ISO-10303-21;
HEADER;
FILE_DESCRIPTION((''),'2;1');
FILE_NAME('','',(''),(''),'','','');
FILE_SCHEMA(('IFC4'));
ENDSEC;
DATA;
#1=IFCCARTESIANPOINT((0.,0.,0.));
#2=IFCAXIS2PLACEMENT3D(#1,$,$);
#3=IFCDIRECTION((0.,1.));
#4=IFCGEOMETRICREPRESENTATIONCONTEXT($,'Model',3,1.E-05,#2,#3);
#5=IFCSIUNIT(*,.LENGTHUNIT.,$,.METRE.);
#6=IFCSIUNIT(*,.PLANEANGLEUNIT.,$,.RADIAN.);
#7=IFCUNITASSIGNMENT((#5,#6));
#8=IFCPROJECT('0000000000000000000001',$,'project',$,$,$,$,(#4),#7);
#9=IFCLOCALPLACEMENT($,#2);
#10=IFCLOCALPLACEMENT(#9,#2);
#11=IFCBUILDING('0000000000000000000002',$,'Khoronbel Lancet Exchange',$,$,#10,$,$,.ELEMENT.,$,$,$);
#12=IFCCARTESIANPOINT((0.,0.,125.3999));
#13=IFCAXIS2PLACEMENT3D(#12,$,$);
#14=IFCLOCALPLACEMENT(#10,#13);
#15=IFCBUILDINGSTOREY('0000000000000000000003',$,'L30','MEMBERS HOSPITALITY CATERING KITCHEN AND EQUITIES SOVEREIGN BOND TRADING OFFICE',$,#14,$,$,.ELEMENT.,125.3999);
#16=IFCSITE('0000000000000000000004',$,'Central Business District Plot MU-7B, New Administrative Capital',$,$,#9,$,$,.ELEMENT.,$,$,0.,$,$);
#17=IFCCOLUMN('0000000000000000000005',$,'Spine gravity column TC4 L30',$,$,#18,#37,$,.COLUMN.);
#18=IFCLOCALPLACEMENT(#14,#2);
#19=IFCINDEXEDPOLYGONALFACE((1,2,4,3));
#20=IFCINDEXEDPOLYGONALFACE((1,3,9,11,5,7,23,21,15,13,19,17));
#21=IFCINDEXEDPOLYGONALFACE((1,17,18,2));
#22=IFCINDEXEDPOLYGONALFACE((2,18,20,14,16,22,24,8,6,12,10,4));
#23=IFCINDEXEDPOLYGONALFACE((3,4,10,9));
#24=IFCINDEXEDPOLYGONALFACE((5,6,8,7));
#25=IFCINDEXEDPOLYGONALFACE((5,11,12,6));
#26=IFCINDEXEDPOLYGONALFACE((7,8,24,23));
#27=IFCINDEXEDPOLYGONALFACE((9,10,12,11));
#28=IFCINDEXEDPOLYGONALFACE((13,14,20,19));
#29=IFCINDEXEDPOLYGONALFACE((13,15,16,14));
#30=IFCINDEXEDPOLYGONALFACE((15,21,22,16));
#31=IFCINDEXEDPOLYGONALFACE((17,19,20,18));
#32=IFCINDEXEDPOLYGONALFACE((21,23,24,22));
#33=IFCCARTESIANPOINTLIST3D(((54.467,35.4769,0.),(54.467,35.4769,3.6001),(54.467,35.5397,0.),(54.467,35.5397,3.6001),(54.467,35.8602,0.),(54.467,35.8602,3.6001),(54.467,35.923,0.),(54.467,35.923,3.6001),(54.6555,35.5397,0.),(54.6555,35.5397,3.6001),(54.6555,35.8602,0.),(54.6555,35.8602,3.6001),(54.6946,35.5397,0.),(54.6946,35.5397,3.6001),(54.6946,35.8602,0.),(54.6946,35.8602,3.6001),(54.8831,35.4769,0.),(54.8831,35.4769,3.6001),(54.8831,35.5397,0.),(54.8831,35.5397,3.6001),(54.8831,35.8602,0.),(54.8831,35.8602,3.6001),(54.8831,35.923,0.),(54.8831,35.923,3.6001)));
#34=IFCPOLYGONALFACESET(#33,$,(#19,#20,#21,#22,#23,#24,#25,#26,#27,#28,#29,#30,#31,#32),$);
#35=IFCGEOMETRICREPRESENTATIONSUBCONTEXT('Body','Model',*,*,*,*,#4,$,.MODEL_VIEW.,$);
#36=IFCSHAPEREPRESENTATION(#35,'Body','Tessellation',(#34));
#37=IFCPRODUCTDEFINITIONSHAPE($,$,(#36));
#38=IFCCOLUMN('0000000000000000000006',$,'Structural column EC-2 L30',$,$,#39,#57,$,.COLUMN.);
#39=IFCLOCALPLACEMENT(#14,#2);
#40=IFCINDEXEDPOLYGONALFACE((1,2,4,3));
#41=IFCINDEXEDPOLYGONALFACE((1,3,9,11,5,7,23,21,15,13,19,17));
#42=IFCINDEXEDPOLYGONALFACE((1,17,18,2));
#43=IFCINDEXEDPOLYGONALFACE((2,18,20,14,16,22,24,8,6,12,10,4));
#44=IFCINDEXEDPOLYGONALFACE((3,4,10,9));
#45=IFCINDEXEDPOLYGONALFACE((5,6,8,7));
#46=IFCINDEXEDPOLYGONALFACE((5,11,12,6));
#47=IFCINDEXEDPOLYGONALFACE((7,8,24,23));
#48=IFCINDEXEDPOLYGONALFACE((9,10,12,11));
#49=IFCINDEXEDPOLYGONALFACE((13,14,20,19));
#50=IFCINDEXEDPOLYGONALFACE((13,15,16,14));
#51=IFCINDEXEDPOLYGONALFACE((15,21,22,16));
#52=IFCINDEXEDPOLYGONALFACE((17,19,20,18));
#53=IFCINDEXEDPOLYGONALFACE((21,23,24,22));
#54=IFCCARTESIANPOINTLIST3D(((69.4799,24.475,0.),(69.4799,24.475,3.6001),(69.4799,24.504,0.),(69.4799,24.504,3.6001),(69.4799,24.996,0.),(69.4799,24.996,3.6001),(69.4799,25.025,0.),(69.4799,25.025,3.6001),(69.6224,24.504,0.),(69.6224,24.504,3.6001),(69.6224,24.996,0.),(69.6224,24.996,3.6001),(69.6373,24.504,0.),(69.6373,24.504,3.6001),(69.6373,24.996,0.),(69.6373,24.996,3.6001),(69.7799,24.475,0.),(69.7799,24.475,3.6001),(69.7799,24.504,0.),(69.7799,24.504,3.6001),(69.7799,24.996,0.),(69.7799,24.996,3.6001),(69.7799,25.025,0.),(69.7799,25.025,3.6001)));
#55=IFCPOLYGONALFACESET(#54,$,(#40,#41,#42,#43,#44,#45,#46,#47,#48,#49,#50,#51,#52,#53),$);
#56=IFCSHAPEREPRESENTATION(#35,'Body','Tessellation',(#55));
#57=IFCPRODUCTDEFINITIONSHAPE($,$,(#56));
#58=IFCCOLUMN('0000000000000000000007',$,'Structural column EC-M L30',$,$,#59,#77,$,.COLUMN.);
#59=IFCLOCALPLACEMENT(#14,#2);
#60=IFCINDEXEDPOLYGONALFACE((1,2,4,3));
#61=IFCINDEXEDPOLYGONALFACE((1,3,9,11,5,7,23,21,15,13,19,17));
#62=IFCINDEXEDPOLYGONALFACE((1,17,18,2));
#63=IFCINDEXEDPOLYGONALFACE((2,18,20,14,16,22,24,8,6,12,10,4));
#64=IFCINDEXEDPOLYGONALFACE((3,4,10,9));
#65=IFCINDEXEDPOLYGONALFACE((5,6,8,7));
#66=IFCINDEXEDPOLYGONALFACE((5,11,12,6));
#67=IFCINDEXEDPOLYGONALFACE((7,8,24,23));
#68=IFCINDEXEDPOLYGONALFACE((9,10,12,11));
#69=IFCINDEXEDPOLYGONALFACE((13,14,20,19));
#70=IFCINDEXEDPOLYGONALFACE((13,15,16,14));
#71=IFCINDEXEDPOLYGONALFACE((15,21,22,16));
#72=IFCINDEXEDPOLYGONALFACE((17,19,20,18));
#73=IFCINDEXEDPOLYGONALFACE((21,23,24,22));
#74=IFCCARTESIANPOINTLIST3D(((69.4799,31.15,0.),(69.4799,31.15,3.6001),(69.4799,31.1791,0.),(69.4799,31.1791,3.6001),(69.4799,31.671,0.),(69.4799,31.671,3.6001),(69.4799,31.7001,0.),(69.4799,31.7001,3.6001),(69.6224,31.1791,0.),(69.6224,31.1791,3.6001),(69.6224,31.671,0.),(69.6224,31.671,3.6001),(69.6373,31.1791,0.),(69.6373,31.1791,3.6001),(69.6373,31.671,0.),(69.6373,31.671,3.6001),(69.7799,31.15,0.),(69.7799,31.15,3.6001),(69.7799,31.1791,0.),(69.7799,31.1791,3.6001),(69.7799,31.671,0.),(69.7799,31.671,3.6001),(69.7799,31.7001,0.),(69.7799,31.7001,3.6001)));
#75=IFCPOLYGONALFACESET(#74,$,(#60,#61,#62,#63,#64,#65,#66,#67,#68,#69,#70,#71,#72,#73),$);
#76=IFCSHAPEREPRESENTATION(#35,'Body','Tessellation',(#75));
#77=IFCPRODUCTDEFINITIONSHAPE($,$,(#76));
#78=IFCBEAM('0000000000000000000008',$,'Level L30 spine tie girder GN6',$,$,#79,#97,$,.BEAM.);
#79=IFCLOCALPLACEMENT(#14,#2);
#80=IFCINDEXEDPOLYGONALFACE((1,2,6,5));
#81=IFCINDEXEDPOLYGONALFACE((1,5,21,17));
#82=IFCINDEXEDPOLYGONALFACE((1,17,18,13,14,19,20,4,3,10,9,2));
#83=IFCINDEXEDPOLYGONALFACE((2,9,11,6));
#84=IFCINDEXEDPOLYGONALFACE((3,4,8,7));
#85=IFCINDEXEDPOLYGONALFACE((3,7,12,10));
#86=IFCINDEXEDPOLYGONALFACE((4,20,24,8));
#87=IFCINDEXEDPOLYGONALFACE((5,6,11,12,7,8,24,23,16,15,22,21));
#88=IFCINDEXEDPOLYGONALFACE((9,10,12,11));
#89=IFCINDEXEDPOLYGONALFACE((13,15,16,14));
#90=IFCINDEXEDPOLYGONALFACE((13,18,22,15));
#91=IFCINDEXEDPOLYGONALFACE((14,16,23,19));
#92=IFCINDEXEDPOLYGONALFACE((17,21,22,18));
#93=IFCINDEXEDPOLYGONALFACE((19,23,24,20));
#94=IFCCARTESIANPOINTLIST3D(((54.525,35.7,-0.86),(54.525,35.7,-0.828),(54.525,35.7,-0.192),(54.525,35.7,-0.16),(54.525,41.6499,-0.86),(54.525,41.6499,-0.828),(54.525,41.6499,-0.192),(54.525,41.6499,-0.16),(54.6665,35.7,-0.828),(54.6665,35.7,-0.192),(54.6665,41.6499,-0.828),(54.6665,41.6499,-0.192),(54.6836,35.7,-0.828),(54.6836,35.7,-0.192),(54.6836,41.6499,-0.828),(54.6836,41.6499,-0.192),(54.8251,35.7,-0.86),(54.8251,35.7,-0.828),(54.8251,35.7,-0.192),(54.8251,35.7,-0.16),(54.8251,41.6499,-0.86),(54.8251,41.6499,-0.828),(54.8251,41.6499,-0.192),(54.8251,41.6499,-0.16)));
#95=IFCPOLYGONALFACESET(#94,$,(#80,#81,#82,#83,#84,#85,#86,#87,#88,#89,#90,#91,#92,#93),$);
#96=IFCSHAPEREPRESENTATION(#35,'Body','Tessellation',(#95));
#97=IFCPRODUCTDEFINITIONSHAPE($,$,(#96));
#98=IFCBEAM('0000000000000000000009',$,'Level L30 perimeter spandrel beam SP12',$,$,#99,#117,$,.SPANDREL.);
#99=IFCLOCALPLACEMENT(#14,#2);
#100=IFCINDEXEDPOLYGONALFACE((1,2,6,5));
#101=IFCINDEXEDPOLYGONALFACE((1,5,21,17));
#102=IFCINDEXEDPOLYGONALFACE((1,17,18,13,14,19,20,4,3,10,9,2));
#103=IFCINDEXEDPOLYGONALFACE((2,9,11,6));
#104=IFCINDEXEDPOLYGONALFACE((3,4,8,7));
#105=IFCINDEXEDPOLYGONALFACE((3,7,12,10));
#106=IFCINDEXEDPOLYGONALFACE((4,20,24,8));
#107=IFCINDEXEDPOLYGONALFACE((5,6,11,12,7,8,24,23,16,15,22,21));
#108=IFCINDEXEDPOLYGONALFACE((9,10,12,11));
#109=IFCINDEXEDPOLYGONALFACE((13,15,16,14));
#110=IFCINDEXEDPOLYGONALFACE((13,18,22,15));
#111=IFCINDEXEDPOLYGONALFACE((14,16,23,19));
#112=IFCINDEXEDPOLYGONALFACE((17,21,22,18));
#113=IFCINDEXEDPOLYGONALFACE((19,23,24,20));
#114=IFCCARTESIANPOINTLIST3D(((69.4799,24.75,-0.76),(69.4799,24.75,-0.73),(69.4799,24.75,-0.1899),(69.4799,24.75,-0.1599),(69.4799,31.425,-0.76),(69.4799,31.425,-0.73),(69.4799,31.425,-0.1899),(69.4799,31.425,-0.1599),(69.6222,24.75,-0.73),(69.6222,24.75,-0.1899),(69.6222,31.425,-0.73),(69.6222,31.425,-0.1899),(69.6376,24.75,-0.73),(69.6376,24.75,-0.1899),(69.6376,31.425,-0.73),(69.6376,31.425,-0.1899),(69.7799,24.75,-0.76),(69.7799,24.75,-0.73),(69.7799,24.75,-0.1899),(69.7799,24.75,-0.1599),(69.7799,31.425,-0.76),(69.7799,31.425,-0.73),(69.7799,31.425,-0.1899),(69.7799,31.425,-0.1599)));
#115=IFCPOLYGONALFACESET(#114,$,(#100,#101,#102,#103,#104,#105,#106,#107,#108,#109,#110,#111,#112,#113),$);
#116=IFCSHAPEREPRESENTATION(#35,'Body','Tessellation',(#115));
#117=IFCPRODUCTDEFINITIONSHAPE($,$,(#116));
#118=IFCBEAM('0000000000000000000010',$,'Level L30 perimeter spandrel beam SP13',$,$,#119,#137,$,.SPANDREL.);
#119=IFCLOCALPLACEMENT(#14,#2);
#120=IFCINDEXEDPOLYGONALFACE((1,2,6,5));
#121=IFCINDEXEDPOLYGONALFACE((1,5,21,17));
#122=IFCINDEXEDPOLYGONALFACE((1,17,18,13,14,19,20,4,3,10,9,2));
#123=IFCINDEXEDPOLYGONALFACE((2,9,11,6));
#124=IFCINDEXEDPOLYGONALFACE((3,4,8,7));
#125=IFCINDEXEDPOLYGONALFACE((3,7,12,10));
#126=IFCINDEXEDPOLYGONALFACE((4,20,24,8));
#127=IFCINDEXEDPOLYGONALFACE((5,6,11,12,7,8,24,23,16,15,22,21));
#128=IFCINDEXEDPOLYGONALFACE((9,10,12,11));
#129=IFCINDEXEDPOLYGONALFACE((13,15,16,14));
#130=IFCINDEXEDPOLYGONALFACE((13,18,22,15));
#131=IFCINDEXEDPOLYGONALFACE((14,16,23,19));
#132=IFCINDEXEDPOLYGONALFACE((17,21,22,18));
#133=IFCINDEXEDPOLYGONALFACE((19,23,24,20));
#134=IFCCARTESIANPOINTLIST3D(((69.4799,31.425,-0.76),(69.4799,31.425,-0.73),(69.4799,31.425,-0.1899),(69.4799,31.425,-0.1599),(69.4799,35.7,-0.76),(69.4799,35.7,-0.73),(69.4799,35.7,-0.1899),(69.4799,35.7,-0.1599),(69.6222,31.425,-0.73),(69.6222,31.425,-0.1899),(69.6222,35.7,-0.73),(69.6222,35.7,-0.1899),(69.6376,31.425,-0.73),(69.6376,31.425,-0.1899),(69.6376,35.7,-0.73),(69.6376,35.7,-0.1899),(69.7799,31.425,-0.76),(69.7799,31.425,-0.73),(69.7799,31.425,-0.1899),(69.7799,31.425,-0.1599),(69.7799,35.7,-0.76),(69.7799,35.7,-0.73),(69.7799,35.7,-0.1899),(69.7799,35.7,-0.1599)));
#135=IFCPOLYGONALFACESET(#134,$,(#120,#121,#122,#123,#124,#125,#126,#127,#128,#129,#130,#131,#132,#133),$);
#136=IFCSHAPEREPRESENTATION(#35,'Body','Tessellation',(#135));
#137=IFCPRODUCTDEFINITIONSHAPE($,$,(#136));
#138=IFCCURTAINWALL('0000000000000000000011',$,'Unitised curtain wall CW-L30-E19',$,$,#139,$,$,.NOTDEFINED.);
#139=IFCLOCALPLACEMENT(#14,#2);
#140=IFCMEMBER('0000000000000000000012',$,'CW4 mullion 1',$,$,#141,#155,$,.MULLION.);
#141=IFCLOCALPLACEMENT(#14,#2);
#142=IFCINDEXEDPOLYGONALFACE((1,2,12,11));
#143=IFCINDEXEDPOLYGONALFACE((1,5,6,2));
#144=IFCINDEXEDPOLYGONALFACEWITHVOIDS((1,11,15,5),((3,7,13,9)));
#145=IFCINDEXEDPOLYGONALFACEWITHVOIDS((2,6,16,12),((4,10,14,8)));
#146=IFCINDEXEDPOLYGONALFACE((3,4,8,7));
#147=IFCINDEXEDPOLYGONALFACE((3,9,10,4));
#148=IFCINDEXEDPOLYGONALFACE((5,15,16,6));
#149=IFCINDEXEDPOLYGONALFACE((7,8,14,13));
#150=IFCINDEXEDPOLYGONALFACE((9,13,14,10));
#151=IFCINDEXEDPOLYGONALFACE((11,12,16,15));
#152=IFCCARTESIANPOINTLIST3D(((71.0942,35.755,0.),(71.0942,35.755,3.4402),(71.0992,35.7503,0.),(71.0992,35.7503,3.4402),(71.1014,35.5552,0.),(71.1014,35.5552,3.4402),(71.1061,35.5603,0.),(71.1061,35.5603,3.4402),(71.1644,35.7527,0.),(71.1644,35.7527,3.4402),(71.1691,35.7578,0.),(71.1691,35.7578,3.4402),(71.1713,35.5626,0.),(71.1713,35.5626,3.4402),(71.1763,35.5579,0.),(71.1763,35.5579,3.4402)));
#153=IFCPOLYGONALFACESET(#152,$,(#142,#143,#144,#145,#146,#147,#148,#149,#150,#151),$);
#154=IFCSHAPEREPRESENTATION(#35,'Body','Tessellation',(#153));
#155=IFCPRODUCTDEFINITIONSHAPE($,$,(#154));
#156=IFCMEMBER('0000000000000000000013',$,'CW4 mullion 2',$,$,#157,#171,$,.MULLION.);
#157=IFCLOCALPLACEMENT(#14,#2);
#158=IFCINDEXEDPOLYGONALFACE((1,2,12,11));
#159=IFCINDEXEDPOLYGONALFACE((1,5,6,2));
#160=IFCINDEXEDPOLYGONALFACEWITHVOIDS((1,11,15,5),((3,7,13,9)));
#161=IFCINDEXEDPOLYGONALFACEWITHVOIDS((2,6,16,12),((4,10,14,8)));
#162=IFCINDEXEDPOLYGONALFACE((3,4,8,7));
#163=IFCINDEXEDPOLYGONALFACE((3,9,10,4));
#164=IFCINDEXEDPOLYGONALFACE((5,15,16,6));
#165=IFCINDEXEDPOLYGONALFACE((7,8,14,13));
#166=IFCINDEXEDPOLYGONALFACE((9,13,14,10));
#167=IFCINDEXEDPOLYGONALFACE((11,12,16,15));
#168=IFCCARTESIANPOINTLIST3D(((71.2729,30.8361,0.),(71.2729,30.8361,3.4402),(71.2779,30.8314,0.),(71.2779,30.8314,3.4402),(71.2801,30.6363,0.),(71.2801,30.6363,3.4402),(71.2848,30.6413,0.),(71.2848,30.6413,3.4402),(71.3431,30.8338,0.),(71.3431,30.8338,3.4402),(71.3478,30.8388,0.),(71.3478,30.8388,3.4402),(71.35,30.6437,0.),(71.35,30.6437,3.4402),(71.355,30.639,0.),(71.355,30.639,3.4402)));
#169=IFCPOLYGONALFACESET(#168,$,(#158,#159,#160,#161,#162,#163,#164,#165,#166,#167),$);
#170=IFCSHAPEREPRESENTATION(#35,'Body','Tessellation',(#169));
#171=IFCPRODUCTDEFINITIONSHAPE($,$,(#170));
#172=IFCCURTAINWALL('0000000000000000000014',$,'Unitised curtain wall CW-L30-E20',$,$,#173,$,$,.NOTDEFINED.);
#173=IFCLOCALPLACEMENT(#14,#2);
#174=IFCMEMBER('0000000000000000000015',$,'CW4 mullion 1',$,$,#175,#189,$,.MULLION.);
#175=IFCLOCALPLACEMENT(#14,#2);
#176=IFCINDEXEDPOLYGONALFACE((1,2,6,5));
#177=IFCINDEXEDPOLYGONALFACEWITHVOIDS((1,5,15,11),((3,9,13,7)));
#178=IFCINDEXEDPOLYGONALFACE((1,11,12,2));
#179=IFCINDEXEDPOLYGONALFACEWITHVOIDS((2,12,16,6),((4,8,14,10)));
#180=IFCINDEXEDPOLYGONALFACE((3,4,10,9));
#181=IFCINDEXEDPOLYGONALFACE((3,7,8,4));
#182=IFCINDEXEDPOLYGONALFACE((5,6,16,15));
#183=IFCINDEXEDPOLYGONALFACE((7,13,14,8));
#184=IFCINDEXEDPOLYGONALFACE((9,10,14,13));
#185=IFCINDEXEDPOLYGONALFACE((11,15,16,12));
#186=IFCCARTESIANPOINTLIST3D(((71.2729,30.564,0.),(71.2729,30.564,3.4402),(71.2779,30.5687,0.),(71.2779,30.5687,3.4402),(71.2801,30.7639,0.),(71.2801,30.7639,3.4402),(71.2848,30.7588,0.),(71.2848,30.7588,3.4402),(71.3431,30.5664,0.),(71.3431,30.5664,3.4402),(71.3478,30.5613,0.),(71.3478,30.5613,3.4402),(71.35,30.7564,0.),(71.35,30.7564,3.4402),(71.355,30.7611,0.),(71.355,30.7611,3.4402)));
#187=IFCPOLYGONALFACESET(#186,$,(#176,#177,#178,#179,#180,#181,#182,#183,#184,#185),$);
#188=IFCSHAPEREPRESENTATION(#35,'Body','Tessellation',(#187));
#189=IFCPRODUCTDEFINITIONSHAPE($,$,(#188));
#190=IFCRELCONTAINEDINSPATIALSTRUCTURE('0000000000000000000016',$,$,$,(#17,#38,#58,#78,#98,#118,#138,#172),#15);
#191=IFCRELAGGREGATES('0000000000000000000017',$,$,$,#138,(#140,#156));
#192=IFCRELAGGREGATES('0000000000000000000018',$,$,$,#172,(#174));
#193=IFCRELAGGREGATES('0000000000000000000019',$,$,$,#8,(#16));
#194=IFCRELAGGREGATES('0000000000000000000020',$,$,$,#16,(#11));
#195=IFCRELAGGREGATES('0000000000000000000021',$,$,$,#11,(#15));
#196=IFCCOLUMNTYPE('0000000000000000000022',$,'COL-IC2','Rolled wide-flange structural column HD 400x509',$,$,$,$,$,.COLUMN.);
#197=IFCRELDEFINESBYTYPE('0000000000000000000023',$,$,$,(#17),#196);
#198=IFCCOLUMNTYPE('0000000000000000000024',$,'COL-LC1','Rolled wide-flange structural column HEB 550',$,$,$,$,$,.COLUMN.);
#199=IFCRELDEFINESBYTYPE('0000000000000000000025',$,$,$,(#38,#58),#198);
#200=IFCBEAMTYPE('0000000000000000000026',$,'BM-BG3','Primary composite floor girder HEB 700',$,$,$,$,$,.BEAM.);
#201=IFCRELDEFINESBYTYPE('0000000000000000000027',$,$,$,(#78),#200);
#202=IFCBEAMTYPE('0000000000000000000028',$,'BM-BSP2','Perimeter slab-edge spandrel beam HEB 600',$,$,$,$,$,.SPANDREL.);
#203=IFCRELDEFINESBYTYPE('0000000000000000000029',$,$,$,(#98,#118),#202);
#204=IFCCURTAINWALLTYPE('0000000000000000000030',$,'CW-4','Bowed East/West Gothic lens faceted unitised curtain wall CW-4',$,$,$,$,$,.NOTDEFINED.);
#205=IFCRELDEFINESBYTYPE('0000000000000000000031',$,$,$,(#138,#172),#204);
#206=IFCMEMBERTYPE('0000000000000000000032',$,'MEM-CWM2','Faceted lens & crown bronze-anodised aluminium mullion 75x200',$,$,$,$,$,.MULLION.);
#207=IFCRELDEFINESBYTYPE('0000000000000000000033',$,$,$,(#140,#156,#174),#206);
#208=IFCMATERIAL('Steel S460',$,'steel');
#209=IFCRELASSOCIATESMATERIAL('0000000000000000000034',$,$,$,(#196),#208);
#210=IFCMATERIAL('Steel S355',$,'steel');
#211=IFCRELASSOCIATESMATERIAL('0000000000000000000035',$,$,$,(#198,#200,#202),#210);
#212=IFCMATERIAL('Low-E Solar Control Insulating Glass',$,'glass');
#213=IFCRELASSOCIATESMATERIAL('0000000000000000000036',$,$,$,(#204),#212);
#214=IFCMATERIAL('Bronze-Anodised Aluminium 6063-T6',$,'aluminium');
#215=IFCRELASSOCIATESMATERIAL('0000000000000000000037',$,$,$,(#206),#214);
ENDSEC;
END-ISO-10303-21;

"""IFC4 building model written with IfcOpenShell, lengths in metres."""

from ifc_helpers import new_model, si_unit, direction, frame, origin, origin_2d, place, context, subcontext, project, spatial, hollow_rectangle, i_section, extrude, material, material_profile, profile_set, type_object, element, aggregate, save


model = new_model("IFC4")

# Units and contexts
model_context = context("Model", 3, precision=1e-05, world=origin(), true_north=direction((0.0, 1.0)))
body_context = subcontext(model_context, "Body", "Model", "MODEL_VIEW")
ifc_project = project(units=[si_unit("LENGTHUNIT", "METRE"), si_unit("PLANEANGLEUNIT", "RADIAN")], contexts=[model_context])

# Site, building, storey
site_placement = place(None, origin())
site = spatial("IfcSite", under=ifc_project, at=site_placement, Name="Central Business District Plot MU-7B, New Administrative Capital", CompositionType="ELEMENT", RefElevation=0.0)
building_placement = place(site_placement, origin())
building = spatial("IfcBuilding", under=site, at=building_placement, Name="Khoronbel Lancet Exchange", CompositionType="ELEMENT")
storey_placement = place(building_placement, frame((0.0, 0.0, 125.3999)))
storey = spatial("IfcBuildingStorey", under=building, at=storey_placement, Name="L30", Description="MEMBERS HOSPITALITY CATERING KITCHEN AND EQUITIES SOVEREIGN BOND TRADING OFFICE", CompositionType="ELEMENT", Elevation=125.3999)

# Columns
ifc_material_1 = material(Name="Steel S460", Category="steel")
ifc_material_profile_1 = material_profile(ifc_material_1, i_section(OverallWidth=0.416, OverallDepth=0.446, WebThickness=0.0391, FlangeThickness=0.0627, at=origin_2d()), Name="HD 400x509")
ifc_profile_set_1 = profile_set([ifc_material_profile_1], Name="Steel S460")
column_type_1 = type_object("IfcColumnType", Name="COL-IC2", Description="Rolled wide-flange structural column HD 400x509", PredefinedType="COLUMN", material=ifc_profile_set_1)
column_placement = place(storey_placement, frame((54.675, 35.7, 0.0), z_axis=(0.0, 0.0, 1.0), x_axis=(1.0, 0.0, 0.0)))
element("IfcColumn", 1, at=column_placement, inside=storey, type_object=column_type_1, Name="Spine gravity column TC4 L30", PredefinedType="COLUMN", context=body_context, shape_type="SweptSolid", body=[
    extrude(i_section(OverallWidth=0.416, OverallDepth=0.446, WebThickness=0.0391, FlangeThickness=0.0627, at=origin_2d()), origin(), (0.0, 0.0, 1.0), 3.6001),
])
ifc_material_2 = material(Name="Steel S355", Category="steel")
ifc_material_profile_2 = material_profile(ifc_material_2, i_section(OverallWidth=0.3, OverallDepth=0.55, WebThickness=0.0149, FlangeThickness=0.0291, at=origin_2d()), Name="HEB 550")
ifc_profile_set_2 = profile_set([ifc_material_profile_2], Name="Steel S355")
column_type_2 = type_object("IfcColumnType", Name="COL-LC1", Description="Rolled wide-flange structural column HEB 550", PredefinedType="COLUMN", material=ifc_profile_set_2)
for number, where, z_axis, x_axis, name in (
    (2, (69.6299, 24.75, 0.0), (0.0, 0.0, 1.0), (1.0, 0.0, 0.0), "Structural column EC-2 L30"),
    (3, (69.6299, 31.425, 0.0), (0.0, 0.0, 1.0), (1.0, 0.0, 0.0), "Structural column EC-M L30"),
):
    element("IfcColumn", number, at=place(storey_placement, frame(where, z_axis=z_axis, x_axis=x_axis)), inside=storey, type_object=column_type_2, Name=name, PredefinedType="COLUMN", context=body_context, shape_type="SweptSolid", body=[
        extrude(i_section(OverallWidth=0.3, OverallDepth=0.55, WebThickness=0.0149, FlangeThickness=0.0291, at=origin_2d()), origin(), (0.0, 0.0, 1.0), 3.6001),
    ])

# Beams
ifc_material_profile_3 = material_profile(ifc_material_2, i_section(OverallWidth=0.3, OverallDepth=0.7, WebThickness=0.0171, FlangeThickness=0.032, at=origin_2d()), Name="HEB 700")
ifc_profile_set_3 = profile_set([ifc_material_profile_3], Name="Steel S355")
beam_type_1 = type_object("IfcBeamType", Name="BM-BG3", Description="Primary composite floor girder HEB 700", PredefinedType="BEAM", material=ifc_profile_set_3)
beam_1_placement = place(storey_placement, frame((54.675, 35.7, -0.51), z_axis=(0.0, 1.0, 0.0), x_axis=(-1.0, 0.0, 0.0)))
element("IfcBeam", 4, at=beam_1_placement, inside=storey, type_object=beam_type_1, Name="Level L30 spine tie girder GN6", PredefinedType="BEAM", context=body_context, shape_type="SweptSolid", body=[
    extrude(i_section(OverallWidth=0.3, OverallDepth=0.7, WebThickness=0.0171, FlangeThickness=0.032, at=origin_2d()), origin(), (0.0, 0.0, 1.0), 5.95),
])
ifc_material_profile_4 = material_profile(ifc_material_2, i_section(OverallWidth=0.3, OverallDepth=0.6001, WebThickness=0.0154, FlangeThickness=0.03, at=origin_2d()), Name="HEB 600")
ifc_profile_set_4 = profile_set([ifc_material_profile_4], Name="Steel S355")
beam_type_2 = type_object("IfcBeamType", Name="BM-BSP2", Description="Perimeter slab-edge spandrel beam HEB 600", PredefinedType="SPANDREL", material=ifc_profile_set_4)
beam_2_placement = place(storey_placement, frame((69.6299, 24.75, -0.46), z_axis=(0.0, 1.0, 0.0), x_axis=(-1.0, 0.0, 0.0)))
element("IfcBeam", 5, at=beam_2_placement, inside=storey, type_object=beam_type_2, Name="Level L30 perimeter spandrel beam SP12", PredefinedType="SPANDREL", context=body_context, shape_type="SweptSolid", body=[
    extrude(i_section(OverallWidth=0.3, OverallDepth=0.6001, WebThickness=0.0154, FlangeThickness=0.03, at=origin_2d()), origin(), (0.0, 0.0, 1.0), 6.675),
])
beam_3_placement = place(storey_placement, frame((69.6299, 31.425, -0.46), z_axis=(0.0, 1.0, 0.0), x_axis=(-1.0, 0.0, 0.0)))
element("IfcBeam", 6, at=beam_3_placement, inside=storey, type_object=beam_type_2, Name="Level L30 perimeter spandrel beam SP13", PredefinedType="SPANDREL", context=body_context, shape_type="SweptSolid", body=[
    extrude(i_section(OverallWidth=0.3, OverallDepth=0.6001, WebThickness=0.0154, FlangeThickness=0.03, at=origin_2d()), origin(), (0.0, 0.0, 1.0), 4.2749),
])

# Curtain walls, members
ifc_material_3 = material(Name="Low-E Solar Control Insulating Glass", Category="glass")
curtain_wall_type = type_object("IfcCurtainWallType", Name="CW-4", Description="Bowed East/West Gothic lens faceted unitised curtain wall CW-4", PredefinedType="NOTDEFINED", material=ifc_material_3)
curtain_wall_1_placement = place(storey_placement, origin())
curtain_wall_1 = element("IfcCurtainWall", 7, at=curtain_wall_1_placement, inside=storey, type_object=curtain_wall_type, Name="Unitised curtain wall CW-L30-E19", PredefinedType="NOTDEFINED")
ifc_material_4 = material(Name="Bronze-Anodised Aluminium 6063-T6", Category="aluminium")
ifc_material_profile_5 = material_profile(ifc_material_4, hollow_rectangle(XDim=0.075, YDim=0.2, WallThickness=0.0049, at=origin_2d()), Name="ALU MULLION 75x200")
ifc_profile_set_5 = profile_set([ifc_material_profile_5], Name="Bronze-Anodised Aluminium 6063-T6")
member_type_1 = type_object("IfcMemberType", Name="MEM-CWM2", Description="Faceted lens & crown bronze-anodised aluminium mullion 75x200", PredefinedType="MULLION", material=ifc_profile_set_5)
member_1_placement = place(storey_placement, frame((71.1353, 35.6565, 0.0), z_axis=(0.0, 0.0, 1.0), x_axis=(0.999342, 0.03628, 0.0)))
member_1 = element("IfcMember", 8, at=member_1_placement, type_object=member_type_1, Name="CW4 mullion 1", PredefinedType="MULLION", context=body_context, shape_type="SweptSolid", body=[
    extrude(hollow_rectangle(XDim=0.075, YDim=0.2, WallThickness=0.0049, at=origin_2d()), origin(), (0.0, 0.0, 1.0), 3.4402),
])
member_2_placement = place(storey_placement, frame((71.314, 30.7375, 0.0), z_axis=(0.0, 0.0, 1.0), x_axis=(0.999342, 0.03628, 0.0)))
member_2 = element("IfcMember", 9, at=member_2_placement, type_object=member_type_1, Name="CW4 mullion 2", PredefinedType="MULLION", context=body_context, shape_type="SweptSolid", body=[
    extrude(hollow_rectangle(XDim=0.075, YDim=0.2, WallThickness=0.0049, at=origin_2d()), origin(), (0.0, 0.0, 1.0), 3.4402),
])
curtain_wall_2_placement = place(storey_placement, origin())
curtain_wall_2 = element("IfcCurtainWall", 10, at=curtain_wall_2_placement, inside=storey, type_object=curtain_wall_type, Name="Unitised curtain wall CW-L30-E20", PredefinedType="NOTDEFINED")
member_3_placement = place(storey_placement, frame((71.314, 30.6626, 0.0), z_axis=(0.0, 0.0, 1.0), x_axis=(0.999342, -0.03628, 0.0)))
member_3 = element("IfcMember", 11, at=member_3_placement, type_object=member_type_1, Name="CW4 mullion 1", PredefinedType="MULLION", context=body_context, shape_type="SweptSolid", body=[
    extrude(hollow_rectangle(XDim=0.075, YDim=0.2, WallThickness=0.0049, at=origin_2d()), origin(), (0.0, 0.0, 1.0), 3.4402),
])

aggregate(curtain_wall_1, [member_1, member_2])
aggregate(curtain_wall_2, [member_3])

save(model, "model.ifc")
